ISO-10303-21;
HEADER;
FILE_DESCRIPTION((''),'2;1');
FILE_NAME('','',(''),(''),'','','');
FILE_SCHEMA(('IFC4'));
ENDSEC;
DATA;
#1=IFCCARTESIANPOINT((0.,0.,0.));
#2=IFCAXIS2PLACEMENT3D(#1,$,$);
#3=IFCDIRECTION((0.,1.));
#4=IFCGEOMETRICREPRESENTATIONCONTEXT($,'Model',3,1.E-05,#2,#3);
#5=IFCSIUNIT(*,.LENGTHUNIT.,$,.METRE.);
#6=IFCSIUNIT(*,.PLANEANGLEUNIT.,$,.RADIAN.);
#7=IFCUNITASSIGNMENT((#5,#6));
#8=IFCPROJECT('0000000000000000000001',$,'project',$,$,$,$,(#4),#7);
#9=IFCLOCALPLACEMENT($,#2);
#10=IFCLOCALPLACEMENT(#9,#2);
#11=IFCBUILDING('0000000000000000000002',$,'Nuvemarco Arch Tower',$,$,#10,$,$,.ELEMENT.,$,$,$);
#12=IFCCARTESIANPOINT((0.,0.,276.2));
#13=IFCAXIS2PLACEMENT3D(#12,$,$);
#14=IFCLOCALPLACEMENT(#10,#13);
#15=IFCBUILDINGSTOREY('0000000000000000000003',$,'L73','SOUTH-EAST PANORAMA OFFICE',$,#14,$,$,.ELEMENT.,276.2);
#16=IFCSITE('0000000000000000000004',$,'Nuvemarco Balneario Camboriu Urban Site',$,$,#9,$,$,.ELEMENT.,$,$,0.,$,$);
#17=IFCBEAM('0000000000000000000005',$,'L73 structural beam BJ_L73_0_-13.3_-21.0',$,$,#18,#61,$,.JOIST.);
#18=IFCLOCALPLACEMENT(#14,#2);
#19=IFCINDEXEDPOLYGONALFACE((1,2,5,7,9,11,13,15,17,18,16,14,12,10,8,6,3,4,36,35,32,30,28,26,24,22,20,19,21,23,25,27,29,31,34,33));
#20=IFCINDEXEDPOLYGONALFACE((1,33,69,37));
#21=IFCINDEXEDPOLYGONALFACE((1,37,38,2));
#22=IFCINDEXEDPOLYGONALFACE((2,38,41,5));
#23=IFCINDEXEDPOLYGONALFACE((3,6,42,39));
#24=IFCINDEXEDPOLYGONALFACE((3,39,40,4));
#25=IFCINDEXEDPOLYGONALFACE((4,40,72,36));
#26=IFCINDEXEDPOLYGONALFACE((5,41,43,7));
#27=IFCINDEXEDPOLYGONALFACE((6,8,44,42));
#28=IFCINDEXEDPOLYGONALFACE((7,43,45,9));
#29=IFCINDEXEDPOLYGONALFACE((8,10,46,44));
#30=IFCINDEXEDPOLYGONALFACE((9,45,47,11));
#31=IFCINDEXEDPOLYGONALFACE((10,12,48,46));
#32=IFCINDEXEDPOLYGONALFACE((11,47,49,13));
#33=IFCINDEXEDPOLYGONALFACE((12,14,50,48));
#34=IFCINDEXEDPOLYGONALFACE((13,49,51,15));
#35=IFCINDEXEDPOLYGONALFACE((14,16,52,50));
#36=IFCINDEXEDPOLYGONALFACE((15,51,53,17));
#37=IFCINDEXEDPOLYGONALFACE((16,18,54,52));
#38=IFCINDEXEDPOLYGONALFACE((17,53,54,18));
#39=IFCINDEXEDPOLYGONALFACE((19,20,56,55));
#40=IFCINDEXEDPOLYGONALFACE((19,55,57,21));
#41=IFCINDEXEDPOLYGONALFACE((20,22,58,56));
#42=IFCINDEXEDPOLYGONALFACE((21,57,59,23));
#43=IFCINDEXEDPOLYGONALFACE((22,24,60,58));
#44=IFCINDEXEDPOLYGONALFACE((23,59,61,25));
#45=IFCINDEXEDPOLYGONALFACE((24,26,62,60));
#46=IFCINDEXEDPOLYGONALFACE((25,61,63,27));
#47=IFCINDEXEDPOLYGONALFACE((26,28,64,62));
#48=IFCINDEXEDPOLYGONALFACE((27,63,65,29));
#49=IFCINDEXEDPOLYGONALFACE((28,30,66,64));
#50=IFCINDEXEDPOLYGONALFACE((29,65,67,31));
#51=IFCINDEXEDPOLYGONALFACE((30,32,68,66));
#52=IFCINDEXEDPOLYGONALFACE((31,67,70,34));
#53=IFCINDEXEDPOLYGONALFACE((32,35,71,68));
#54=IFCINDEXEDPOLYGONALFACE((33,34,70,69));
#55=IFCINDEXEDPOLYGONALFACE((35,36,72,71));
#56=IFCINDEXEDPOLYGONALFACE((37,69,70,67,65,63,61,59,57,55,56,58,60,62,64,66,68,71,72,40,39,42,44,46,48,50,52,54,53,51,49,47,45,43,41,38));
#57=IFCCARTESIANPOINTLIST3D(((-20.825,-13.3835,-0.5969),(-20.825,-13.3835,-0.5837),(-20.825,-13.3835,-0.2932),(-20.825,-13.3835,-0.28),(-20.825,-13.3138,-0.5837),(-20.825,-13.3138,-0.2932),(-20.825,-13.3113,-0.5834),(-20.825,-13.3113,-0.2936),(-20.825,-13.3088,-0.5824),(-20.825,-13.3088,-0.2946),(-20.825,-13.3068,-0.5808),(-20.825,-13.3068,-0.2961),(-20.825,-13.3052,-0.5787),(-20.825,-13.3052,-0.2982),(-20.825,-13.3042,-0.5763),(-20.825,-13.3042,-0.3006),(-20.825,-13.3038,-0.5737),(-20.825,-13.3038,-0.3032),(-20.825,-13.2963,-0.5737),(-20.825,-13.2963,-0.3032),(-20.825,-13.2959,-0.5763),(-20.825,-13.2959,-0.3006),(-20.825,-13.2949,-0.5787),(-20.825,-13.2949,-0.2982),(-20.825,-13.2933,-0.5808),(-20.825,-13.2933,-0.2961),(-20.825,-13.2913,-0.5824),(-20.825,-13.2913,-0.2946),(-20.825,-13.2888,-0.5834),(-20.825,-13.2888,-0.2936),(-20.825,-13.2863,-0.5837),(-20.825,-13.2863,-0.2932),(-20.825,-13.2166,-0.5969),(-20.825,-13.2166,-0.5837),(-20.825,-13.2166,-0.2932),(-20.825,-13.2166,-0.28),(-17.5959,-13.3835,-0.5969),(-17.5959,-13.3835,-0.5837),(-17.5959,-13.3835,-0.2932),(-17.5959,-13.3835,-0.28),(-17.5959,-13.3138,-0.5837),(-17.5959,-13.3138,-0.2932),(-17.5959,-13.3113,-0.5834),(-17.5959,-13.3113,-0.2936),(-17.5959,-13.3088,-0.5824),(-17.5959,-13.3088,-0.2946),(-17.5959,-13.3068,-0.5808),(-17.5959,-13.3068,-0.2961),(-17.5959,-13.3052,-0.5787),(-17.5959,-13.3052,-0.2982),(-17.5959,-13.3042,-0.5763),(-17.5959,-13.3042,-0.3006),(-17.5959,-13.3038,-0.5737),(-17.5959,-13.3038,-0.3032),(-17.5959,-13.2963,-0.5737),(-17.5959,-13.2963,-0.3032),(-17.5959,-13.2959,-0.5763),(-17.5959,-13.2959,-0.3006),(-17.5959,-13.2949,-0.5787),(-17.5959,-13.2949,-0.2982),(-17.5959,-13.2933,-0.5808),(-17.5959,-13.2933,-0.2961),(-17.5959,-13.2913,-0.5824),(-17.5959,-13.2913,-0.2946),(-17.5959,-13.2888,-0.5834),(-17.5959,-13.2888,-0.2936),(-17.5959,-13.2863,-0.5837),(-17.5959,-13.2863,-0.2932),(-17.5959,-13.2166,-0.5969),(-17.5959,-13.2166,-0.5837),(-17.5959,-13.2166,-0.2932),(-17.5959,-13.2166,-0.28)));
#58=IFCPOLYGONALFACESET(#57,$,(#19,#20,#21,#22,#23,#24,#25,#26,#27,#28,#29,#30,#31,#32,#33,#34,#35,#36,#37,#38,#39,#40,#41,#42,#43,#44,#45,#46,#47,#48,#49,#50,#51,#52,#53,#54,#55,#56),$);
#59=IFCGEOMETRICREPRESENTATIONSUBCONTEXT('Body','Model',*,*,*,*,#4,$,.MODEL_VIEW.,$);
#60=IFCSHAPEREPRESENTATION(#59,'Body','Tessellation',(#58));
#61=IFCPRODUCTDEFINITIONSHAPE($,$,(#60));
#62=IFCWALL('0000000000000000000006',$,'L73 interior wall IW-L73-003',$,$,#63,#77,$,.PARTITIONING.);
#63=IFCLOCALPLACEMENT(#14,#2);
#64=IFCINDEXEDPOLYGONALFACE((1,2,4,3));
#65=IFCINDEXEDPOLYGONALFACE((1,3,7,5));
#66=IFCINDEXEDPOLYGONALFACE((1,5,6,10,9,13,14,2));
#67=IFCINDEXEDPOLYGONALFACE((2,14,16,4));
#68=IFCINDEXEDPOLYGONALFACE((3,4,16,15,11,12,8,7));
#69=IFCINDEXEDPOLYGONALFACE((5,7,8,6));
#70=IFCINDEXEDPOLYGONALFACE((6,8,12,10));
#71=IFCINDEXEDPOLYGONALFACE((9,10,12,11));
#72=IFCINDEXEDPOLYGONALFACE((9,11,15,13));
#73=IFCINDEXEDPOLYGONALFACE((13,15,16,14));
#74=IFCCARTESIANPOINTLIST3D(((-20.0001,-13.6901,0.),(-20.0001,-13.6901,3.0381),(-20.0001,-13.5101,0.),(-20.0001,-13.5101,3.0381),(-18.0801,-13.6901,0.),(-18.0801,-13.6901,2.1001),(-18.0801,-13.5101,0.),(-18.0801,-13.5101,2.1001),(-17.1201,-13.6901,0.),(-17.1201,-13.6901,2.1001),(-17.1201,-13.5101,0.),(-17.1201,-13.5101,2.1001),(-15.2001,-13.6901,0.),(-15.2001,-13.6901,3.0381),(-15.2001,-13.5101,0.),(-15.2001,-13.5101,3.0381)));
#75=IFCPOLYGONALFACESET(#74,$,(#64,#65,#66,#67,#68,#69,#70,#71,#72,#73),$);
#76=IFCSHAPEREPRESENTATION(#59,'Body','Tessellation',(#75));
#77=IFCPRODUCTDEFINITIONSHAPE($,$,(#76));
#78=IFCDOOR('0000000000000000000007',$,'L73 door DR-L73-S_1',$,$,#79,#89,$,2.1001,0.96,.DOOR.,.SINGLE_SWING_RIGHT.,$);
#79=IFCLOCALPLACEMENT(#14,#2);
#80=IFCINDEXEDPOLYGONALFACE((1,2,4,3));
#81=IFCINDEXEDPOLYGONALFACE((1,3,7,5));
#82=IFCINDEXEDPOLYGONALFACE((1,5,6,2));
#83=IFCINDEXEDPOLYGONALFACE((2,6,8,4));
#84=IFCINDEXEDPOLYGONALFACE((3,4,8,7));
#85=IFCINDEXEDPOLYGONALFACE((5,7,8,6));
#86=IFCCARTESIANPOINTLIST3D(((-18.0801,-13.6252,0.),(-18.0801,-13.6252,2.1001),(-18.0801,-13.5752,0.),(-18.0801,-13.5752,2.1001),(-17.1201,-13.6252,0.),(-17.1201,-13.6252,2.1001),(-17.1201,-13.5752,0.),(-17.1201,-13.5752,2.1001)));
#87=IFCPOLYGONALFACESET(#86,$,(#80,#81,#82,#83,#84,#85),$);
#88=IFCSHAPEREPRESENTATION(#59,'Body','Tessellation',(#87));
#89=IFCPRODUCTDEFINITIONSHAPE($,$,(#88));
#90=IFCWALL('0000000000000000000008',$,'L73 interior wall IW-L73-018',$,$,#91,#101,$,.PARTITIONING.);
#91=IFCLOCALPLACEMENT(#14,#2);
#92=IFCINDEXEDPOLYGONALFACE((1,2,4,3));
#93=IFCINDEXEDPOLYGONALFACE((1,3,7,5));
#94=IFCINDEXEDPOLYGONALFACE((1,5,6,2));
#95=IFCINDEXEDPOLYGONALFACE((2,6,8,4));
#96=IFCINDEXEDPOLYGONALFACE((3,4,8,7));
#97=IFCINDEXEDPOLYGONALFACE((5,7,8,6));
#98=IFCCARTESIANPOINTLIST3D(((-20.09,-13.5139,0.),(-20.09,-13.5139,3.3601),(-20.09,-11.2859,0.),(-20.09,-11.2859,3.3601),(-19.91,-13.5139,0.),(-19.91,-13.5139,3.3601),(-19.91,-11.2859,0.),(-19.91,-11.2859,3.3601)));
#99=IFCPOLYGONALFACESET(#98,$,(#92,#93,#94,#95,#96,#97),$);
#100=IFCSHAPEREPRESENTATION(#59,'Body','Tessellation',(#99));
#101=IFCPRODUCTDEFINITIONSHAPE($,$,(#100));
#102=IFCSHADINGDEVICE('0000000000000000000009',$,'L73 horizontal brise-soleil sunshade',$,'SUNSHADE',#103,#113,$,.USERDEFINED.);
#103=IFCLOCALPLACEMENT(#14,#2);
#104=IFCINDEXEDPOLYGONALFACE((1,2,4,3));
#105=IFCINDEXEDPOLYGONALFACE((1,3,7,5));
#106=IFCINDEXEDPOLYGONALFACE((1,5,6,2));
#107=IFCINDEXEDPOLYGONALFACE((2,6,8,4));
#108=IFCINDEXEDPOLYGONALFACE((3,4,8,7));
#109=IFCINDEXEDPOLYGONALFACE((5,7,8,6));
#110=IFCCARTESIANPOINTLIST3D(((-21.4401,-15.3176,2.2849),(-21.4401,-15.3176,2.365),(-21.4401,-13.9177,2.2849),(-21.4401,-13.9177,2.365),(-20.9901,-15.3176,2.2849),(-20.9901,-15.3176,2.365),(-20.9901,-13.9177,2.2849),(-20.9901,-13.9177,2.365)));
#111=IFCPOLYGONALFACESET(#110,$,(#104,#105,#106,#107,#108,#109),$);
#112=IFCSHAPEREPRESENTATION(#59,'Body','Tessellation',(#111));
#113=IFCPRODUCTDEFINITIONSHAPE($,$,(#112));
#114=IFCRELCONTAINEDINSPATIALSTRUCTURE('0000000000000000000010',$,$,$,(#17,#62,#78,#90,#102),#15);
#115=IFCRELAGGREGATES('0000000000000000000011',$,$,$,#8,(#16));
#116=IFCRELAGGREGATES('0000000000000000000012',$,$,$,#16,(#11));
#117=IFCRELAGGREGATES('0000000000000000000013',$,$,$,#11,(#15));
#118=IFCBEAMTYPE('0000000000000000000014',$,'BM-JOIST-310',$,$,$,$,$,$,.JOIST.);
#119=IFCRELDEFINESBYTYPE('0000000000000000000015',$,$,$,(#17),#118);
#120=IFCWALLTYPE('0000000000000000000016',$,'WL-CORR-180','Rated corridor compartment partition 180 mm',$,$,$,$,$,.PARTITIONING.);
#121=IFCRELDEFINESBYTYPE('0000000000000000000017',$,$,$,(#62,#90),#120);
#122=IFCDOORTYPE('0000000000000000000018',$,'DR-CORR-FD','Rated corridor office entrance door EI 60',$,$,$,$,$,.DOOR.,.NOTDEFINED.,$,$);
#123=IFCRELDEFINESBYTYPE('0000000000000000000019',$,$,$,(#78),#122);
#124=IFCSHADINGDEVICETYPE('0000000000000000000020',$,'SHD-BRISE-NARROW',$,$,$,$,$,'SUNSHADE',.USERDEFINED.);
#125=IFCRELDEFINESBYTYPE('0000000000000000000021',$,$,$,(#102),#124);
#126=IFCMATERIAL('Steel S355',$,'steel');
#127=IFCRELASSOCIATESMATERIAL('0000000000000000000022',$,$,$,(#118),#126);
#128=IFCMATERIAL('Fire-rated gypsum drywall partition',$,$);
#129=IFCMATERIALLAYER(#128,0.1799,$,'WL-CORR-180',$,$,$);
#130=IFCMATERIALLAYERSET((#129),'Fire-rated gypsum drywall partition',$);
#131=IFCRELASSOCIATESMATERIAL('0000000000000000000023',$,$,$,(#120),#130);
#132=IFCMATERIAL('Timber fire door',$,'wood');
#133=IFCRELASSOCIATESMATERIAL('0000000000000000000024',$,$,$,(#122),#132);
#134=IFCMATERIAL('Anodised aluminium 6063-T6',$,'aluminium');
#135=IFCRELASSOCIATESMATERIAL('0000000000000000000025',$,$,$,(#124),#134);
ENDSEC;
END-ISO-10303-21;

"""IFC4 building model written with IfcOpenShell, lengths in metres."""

from ifc_helpers import new_model, si_unit, direction, frame, frame_2d, origin, origin_2d, place, context, subcontext, project, spatial, rectangle, i_section, extrude, source, transform, mapped, material, layer, layer_set, material_profile, profile_set, type_object, type_shapes, element, fill, save


model = new_model("IFC4")

# Units and contexts
model_context = context("Model", 3, precision=1e-05, world=origin(), true_north=direction((0.0, 1.0)))
body_context = subcontext(model_context, "Body", "Model", "MODEL_VIEW")
ifc_project = project(units=[si_unit("LENGTHUNIT", "METRE"), si_unit("PLANEANGLEUNIT", "RADIAN")], contexts=[model_context])

# Site, building, storey
site_placement = place(None, origin())
site = spatial("IfcSite", under=ifc_project, at=site_placement, Name="Nuvemarco Balneario Camboriu Urban Site", CompositionType="ELEMENT", RefElevation=0.0)
building_placement = place(site_placement, origin())
building = spatial("IfcBuilding", under=site, at=building_placement, Name="Nuvemarco Arch Tower", CompositionType="ELEMENT")
storey_placement = place(building_placement, frame((0.0, 0.0, 276.2)))
storey = spatial("IfcBuildingStorey", under=building, at=storey_placement, Name="L73", Description="SOUTH-EAST PANORAMA OFFICE", CompositionType="ELEMENT", Elevation=276.2)

# Shared definitions
ifc_material_1 = material(Name="Steel S355", Category="steel")

# Beam
ifc_material_profile_1 = material_profile(ifc_material_1, i_section(OverallWidth=0.167, OverallDepth=0.3169, WebThickness=0.0076, FlangeThickness=0.0132, FilletRadius=0.01, at=origin_2d()), Name="W310x52")
ifc_profile_set_1 = profile_set([ifc_material_profile_1], Name="Steel S355")
beam_type_1 = type_object("IfcBeamType", Name="BM-JOIST-310", PredefinedType="JOIST", material=ifc_profile_set_1)
beam_1_placement = place(storey_placement, frame((-20.825, -13.3, -0.4385), z_axis=(1.0, 0.0, 0.0), x_axis=(0.0, 1.0, 0.0)))
element("IfcBeam", 1, at=beam_1_placement, inside=storey, type_object=beam_type_1, Name="L73 structural beam BJ_L73_0_-13.3_-21.0", PredefinedType="JOIST", context=body_context, shape_type="SweptSolid", body=[
    extrude(i_section(OverallWidth=0.167, OverallDepth=0.3169, WebThickness=0.0076, FlangeThickness=0.0132, FilletRadius=0.01, at=origin_2d()), origin(), (0.0, 0.0, 1.0), 3.229),
])

# Wall, opening, door
ifc_material_2 = material(Name="Fire-rated gypsum drywall partition")
ifc_layer = layer(ifc_material_2, 0.1799, Name="WL-CORR-180")
ifc_layer_set = layer_set([ifc_layer], Name="Fire-rated gypsum drywall partition")
wall_type = type_object("IfcWallType", Name="WL-CORR-180", Description="Rated corridor compartment partition 180 mm", PredefinedType="PARTITIONING", material=ifc_layer_set)
wall_1_placement = place(storey_placement, frame((-20.0, -13.6001, 0.0), z_axis=(0.0, 0.0, 1.0), x_axis=(1.0, 0.0, 0.0)))
wall_1 = element("IfcWall", 2, at=wall_1_placement, inside=storey, type_object=wall_type, Name="L73 interior wall IW-L73-003", PredefinedType="PARTITIONING", context=body_context, shape_type="SweptSolid", body=[
    extrude(rectangle(XDim=4.8, YDim=0.1799, at=frame_2d((2.3999, 0.0))), origin(), (0.0, 0.0, 1.0), 3.0381),
])
opening_placement = place(wall_1_placement, frame((1.9199, 0.0, 0.0)))
opening = element("IfcOpeningElement", 3, at=opening_placement, cuts=wall_1, PredefinedType="OPENING", context=body_context, shape_type="SweptSolid", body=[
    extrude(rectangle(XDim=0.96, YDim=2.1001, at=frame_2d((0.48, 1.05))), frame((0.0, 0.0999, 0.0), z_axis=(0.0, -1.0, 0.0), x_axis=(1.0, 0.0, 0.0)), (0.0, 0.0, 1.0), 0.2),
])
ifc_material_3 = material(Name="Timber fire door", Category="wood")
door_type = type_object("IfcDoorType", Name="DR-CORR-FD", Description="Rated corridor office entrance door EI 60", OperationType="NOTDEFINED", PredefinedType="DOOR", material=ifc_material_3)
shared_shape_1 = source(origin(), body_context, "Body", "SweptSolid", [
    extrude(rectangle(XDim=0.96, YDim=2.1001, at=frame_2d((0.48, 1.05))), frame((0.0, 0.0249, 0.0), z_axis=(0.0, -1.0, 0.0), x_axis=(1.0, 0.0, 0.0)), (0.0, 0.0, 1.0), 0.05),
])
type_shapes(door_type, [shared_shape_1])
door_placement = place(opening_placement, origin())
door = element("IfcDoor", 4, at=door_placement, inside=storey, type_object=door_type, Name="L73 door DR-L73-S_1", OperationType="SINGLE_SWING_RIGHT", OverallHeight=2.1001, OverallWidth=0.96, PredefinedType="DOOR", context=body_context, shape_type="MappedRepresentation", body=[
    mapped(shared_shape_1, transform((0.0, 0.0, 0.0), scale=1.0)),
])
fill(opening, door)

# Wall
wall_2_placement = place(storey_placement, frame((-20.0, -13.5139, 0.0), z_axis=(0.0, 0.0, 1.0), x_axis=(0.0, 1.0, 0.0)))
element("IfcWall", 5, at=wall_2_placement, inside=storey, type_object=wall_type, Name="L73 interior wall IW-L73-018", PredefinedType="PARTITIONING", context=body_context, shape_type="SweptSolid", body=[
    extrude(rectangle(XDim=2.228, YDim=0.1799, at=frame_2d((1.114, 0.0))), origin(), (0.0, 0.0, 1.0), 3.3601),
])

# Shading device
ifc_material_4 = material(Name="Anodised aluminium 6063-T6", Category="aluminium")
shading_device_type = type_object("IfcShadingDeviceType", Name="SHD-BRISE-NARROW", ElementType="SUNSHADE", PredefinedType="USERDEFINED", material=ifc_material_4)
shared_shape_2 = source(origin(), body_context, "Body", "SweptSolid", [
    extrude(rectangle(XDim=1.3999, YDim=0.45, at=origin_2d()), origin(), (0.0, 0.0, 1.0), 0.0801),
])
type_shapes(shading_device_type, [shared_shape_2])
shading_device_placement = place(storey_placement, frame((-21.2151, -14.6177, 2.2849), z_axis=(0.0, 0.0, 1.0), x_axis=(0.0, 1.0, 0.0)))
element("IfcShadingDevice", 6, at=shading_device_placement, inside=storey, type_object=shading_device_type, Name="L73 horizontal brise-soleil sunshade", ObjectType="SUNSHADE", PredefinedType="USERDEFINED", context=body_context, shape_type="MappedRepresentation", body=[
    mapped(shared_shape_2, transform((0.0, 0.0, 0.0), scale=1.0)),
])

save(model, "model.ifc")
